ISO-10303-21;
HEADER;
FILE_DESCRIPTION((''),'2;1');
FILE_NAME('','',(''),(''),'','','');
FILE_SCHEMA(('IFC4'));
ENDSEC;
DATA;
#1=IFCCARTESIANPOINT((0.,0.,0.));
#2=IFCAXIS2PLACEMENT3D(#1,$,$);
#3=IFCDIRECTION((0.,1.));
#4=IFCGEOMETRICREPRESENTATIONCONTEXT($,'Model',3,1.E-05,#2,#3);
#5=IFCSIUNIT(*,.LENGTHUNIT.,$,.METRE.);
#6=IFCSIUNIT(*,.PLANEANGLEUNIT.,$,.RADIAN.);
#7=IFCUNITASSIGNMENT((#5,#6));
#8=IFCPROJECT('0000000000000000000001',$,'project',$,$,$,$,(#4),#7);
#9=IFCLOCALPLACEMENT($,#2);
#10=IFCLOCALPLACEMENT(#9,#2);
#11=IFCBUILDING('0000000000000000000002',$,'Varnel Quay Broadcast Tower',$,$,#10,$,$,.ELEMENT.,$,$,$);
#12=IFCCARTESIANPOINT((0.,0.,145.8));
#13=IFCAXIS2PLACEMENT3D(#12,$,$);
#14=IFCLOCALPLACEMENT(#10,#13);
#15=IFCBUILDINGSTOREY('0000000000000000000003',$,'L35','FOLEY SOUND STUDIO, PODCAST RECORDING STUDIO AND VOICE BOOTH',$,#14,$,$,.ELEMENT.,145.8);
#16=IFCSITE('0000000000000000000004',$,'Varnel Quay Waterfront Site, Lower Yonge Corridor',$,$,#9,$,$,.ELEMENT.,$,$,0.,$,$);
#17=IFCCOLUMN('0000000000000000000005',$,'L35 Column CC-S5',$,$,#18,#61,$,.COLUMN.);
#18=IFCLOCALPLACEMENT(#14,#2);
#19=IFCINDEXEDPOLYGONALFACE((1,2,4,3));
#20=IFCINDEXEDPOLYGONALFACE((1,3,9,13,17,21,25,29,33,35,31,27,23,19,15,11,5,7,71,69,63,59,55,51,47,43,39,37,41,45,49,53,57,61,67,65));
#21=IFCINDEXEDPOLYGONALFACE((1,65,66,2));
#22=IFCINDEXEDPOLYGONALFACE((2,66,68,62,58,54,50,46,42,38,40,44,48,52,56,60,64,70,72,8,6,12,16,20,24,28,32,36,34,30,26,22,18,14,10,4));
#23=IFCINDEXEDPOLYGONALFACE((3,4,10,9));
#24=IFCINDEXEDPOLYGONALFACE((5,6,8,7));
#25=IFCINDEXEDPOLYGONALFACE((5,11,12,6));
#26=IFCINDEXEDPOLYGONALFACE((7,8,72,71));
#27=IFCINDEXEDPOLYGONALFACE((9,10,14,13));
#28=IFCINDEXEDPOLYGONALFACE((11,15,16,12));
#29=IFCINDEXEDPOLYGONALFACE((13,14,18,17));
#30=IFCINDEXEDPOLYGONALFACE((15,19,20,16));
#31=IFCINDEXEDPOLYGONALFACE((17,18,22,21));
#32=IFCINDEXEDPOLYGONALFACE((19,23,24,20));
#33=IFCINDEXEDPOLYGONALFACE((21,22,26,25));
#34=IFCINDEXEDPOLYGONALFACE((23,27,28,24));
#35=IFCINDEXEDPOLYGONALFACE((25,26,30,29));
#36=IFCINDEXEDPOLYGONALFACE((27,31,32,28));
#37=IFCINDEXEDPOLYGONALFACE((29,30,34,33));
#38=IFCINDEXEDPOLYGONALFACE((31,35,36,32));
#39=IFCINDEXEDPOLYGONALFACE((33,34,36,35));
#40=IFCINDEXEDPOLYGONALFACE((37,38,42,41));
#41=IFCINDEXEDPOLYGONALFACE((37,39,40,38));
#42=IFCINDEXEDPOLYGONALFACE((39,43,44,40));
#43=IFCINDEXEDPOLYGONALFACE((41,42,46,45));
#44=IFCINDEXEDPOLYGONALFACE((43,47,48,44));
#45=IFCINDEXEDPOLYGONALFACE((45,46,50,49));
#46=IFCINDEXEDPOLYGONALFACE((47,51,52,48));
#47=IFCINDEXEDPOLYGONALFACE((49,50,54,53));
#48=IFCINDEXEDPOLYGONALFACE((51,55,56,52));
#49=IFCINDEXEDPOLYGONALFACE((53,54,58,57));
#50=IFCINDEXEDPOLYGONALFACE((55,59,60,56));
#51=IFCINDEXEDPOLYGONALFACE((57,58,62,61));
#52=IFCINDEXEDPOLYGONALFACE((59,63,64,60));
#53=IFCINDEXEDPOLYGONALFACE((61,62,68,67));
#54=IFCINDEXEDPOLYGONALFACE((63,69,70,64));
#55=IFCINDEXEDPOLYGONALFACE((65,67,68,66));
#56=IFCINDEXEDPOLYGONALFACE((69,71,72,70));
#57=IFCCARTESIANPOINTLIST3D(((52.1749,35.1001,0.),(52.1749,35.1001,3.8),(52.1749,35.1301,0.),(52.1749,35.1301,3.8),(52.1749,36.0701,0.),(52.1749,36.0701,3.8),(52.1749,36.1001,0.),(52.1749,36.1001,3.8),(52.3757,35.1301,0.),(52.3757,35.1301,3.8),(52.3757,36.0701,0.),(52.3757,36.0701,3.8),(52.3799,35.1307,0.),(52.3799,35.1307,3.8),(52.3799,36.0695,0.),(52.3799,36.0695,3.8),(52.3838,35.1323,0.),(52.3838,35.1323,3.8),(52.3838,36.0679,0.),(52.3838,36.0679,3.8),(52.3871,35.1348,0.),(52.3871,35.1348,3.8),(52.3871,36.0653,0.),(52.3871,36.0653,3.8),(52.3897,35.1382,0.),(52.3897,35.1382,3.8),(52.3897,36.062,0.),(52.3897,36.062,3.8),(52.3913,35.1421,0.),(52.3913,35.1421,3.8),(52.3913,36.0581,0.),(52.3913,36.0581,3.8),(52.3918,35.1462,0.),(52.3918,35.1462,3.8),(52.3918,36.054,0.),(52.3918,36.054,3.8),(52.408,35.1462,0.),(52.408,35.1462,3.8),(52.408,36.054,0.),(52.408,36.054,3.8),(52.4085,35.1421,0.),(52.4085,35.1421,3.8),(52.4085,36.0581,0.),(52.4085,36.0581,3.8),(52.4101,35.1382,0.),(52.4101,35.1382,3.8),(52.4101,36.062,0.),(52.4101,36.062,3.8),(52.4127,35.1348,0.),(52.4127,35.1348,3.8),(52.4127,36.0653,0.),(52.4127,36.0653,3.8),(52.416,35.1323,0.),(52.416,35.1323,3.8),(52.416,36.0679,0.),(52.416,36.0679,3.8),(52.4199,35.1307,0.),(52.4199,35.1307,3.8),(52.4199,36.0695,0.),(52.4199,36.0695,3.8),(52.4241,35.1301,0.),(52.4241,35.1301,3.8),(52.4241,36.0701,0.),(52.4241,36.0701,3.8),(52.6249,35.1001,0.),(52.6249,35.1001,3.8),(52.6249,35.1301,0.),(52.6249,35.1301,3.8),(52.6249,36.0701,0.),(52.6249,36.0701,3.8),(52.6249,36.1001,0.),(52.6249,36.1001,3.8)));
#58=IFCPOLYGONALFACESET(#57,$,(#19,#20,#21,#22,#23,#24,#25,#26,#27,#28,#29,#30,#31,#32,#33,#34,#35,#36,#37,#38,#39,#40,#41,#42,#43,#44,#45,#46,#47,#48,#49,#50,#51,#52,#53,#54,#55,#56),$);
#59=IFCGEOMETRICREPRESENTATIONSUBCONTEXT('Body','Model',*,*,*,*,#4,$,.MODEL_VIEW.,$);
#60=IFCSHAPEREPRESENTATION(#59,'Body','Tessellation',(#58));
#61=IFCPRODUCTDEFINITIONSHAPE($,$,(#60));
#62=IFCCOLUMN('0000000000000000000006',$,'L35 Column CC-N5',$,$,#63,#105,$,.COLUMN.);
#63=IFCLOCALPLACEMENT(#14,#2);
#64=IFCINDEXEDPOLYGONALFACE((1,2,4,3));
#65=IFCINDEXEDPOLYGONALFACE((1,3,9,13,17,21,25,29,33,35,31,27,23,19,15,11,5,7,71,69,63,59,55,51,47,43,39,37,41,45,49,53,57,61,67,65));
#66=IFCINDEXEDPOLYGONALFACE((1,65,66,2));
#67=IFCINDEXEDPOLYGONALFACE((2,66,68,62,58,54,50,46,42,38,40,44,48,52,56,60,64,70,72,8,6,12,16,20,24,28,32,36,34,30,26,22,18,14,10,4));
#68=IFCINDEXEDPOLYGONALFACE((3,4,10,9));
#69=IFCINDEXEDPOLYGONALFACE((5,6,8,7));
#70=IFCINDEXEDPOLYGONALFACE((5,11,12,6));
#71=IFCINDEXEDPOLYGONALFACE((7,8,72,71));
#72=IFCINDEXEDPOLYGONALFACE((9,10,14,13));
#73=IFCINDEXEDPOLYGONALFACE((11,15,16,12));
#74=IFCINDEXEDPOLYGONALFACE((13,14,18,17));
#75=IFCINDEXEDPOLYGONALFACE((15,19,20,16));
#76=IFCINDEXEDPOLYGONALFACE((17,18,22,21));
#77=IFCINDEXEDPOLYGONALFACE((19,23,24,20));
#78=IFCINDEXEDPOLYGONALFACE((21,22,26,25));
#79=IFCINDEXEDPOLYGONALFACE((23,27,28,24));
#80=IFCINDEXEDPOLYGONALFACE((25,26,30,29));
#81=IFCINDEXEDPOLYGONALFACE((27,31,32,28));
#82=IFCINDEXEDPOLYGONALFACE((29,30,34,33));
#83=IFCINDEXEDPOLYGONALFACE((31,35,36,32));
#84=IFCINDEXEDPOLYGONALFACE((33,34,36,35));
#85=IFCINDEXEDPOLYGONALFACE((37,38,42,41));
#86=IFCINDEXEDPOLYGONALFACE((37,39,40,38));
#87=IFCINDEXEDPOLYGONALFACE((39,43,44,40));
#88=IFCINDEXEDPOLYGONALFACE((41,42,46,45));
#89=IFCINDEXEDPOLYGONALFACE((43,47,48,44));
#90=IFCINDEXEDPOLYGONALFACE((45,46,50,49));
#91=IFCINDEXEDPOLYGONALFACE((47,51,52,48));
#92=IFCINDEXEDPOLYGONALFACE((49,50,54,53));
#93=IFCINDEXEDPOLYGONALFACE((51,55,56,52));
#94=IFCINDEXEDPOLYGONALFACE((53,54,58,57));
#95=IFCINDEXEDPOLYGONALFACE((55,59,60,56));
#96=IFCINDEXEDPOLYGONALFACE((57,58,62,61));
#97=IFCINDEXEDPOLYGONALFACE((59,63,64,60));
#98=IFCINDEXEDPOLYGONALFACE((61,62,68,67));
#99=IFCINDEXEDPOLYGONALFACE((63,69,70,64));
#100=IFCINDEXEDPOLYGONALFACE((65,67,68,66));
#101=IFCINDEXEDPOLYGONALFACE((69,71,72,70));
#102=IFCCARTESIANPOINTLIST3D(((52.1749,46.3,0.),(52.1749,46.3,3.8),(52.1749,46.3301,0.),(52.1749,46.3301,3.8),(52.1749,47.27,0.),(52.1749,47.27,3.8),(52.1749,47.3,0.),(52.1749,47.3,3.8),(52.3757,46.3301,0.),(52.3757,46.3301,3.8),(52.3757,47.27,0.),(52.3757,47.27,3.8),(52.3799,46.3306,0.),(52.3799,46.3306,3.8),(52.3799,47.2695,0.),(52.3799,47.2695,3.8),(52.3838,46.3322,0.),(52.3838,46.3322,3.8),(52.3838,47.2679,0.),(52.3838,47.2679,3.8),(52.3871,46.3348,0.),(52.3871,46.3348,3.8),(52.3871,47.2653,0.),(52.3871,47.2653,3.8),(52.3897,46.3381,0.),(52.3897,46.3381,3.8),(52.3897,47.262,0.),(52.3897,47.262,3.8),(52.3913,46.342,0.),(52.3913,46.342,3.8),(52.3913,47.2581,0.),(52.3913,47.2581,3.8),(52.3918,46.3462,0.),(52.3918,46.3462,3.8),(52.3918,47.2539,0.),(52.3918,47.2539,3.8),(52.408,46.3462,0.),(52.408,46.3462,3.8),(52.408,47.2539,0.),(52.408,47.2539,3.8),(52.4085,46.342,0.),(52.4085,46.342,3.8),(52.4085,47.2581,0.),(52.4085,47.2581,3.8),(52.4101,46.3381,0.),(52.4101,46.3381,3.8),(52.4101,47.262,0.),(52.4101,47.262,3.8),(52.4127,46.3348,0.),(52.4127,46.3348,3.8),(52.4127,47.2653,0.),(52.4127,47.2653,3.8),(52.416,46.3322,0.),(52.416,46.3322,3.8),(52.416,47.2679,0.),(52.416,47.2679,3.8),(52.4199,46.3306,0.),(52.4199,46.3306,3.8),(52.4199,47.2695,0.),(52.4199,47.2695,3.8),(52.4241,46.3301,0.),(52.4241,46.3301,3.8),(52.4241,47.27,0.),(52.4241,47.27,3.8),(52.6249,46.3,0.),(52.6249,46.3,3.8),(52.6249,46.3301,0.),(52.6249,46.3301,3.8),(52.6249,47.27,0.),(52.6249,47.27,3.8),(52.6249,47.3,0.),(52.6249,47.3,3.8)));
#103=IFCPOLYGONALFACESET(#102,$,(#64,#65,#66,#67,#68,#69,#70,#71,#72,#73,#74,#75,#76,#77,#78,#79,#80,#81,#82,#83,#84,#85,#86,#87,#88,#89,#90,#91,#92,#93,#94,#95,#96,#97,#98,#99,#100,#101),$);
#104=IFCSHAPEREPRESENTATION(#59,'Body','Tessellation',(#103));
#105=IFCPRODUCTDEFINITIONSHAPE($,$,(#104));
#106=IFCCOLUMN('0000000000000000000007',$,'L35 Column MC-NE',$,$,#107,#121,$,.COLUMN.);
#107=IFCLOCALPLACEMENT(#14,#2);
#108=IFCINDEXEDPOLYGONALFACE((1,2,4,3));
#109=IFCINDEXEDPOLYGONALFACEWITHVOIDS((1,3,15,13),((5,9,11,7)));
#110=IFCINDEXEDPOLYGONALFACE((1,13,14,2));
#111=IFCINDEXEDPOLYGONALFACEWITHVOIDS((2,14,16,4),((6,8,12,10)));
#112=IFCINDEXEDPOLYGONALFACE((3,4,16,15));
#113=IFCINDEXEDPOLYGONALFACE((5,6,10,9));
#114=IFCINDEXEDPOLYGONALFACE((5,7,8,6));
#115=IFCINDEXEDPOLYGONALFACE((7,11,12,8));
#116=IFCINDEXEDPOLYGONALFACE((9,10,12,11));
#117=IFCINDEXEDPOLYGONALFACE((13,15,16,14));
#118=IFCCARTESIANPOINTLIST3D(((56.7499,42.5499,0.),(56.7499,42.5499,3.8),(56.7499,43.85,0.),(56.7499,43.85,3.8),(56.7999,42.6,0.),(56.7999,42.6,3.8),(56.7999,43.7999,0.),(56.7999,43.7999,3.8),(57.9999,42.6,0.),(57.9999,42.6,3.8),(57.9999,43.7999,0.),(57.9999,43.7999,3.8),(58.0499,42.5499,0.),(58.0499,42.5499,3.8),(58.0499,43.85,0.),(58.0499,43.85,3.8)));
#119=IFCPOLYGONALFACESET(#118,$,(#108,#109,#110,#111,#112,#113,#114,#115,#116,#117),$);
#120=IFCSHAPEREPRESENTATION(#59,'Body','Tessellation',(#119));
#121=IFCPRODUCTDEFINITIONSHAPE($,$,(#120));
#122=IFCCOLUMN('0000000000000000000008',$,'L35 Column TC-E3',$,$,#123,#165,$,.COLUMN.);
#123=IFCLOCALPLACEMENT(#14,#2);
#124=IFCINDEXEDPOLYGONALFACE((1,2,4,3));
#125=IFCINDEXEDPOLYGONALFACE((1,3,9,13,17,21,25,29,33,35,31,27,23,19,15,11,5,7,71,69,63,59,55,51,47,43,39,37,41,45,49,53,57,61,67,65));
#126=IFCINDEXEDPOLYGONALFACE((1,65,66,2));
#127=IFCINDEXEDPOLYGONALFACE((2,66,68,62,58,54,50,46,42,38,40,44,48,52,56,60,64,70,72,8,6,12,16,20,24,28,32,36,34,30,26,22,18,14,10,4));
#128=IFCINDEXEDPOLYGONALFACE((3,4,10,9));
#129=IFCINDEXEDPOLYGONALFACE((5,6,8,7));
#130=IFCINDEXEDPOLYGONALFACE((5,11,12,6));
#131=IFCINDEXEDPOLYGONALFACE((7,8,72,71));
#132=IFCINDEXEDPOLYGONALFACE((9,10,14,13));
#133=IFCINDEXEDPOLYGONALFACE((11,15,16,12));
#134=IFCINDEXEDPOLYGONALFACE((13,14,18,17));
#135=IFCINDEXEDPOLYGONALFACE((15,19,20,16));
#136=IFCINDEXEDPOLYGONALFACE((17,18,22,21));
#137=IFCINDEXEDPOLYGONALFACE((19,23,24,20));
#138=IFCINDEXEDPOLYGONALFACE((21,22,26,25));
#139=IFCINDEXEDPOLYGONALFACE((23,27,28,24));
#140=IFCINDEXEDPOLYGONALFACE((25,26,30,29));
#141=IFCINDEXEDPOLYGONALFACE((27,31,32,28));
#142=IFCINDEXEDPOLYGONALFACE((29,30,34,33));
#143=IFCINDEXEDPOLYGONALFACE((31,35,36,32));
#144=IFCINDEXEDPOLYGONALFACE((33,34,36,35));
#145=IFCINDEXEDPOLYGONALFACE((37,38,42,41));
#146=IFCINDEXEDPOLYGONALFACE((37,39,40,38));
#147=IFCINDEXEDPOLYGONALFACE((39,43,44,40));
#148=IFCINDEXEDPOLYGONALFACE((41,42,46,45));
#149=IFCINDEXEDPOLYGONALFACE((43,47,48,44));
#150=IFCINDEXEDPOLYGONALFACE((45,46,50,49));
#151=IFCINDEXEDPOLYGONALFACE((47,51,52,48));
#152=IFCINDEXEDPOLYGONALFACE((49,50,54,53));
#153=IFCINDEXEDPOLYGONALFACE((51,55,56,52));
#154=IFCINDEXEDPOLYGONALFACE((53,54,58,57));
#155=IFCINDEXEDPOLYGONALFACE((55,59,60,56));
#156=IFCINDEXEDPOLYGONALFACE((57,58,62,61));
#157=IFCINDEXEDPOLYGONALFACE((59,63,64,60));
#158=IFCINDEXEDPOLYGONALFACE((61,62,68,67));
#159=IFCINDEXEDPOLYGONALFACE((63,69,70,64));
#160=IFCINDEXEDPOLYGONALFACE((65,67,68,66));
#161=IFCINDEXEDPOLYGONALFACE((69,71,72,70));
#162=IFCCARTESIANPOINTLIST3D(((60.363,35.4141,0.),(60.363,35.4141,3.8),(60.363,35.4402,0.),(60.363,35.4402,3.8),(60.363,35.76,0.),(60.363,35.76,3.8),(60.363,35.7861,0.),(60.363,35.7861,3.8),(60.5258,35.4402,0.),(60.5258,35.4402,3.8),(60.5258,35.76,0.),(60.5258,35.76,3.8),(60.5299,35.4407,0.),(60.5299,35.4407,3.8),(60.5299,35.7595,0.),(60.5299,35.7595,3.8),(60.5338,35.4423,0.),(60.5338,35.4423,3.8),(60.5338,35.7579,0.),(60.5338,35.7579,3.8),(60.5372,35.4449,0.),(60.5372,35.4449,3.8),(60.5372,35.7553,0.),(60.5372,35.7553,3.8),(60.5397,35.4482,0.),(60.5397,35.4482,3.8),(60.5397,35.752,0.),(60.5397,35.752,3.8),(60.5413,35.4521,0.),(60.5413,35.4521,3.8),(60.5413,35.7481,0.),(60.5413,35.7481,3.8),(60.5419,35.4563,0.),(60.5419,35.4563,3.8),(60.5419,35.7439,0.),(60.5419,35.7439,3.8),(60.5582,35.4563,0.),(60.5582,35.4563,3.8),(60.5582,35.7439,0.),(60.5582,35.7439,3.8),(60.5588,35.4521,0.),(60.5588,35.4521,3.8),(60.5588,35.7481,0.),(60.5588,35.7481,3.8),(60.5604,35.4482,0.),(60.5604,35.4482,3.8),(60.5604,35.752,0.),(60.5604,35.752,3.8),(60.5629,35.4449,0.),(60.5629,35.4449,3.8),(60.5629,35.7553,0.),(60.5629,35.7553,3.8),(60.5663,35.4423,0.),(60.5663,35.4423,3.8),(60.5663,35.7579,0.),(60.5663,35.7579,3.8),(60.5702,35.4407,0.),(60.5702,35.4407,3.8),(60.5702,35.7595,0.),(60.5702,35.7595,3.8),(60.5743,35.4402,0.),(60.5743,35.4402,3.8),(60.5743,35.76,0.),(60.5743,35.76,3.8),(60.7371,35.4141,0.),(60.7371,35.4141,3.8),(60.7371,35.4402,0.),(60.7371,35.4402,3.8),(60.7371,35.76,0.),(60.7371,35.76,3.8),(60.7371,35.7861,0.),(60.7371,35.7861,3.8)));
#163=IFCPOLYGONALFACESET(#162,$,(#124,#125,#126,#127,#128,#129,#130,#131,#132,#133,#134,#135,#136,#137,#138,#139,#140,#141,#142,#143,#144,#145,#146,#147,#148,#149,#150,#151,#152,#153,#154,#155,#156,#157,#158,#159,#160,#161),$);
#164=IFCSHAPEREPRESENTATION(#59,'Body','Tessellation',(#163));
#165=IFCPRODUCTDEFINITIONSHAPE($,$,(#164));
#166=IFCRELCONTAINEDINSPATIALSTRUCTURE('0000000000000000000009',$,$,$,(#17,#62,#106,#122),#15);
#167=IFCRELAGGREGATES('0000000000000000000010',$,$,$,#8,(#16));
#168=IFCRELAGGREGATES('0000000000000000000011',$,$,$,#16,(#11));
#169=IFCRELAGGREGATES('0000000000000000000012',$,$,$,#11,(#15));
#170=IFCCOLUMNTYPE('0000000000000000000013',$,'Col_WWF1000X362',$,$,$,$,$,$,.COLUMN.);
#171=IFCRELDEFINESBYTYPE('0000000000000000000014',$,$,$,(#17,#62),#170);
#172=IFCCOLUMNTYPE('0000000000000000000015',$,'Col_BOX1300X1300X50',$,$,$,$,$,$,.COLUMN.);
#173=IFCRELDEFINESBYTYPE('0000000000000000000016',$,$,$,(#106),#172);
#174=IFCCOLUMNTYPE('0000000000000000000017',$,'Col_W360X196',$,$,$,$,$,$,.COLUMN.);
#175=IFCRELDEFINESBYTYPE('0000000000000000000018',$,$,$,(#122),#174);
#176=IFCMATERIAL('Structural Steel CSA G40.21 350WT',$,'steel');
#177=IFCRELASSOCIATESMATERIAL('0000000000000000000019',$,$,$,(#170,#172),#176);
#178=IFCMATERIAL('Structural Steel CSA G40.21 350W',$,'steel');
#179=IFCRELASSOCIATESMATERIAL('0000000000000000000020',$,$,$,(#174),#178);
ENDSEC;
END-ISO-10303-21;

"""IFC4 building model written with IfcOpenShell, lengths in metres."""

from ifc_helpers import new_model, si_unit, direction, frame, origin, origin_2d, place, context, subcontext, project, spatial, hollow_rectangle, i_section, extrude, source, transform, mapped, material, material_profile, profile_set, type_object, type_shapes, element, save


model = new_model("IFC4")

# Units and contexts
model_context = context("Model", 3, precision=1e-05, world=origin(), true_north=direction((0.0, 1.0)))
body_context = subcontext(model_context, "Body", "Model", "MODEL_VIEW")
ifc_project = project(units=[si_unit("LENGTHUNIT", "METRE"), si_unit("PLANEANGLEUNIT", "RADIAN")], contexts=[model_context])

# Site, building, storey
site_placement = place(None, origin())
site = spatial("IfcSite", under=ifc_project, at=site_placement, Name="Varnel Quay Waterfront Site, Lower Yonge Corridor", CompositionType="ELEMENT", RefElevation=0.0)
building_placement = place(site_placement, origin())
building = spatial("IfcBuilding", under=site, at=building_placement, Name="Varnel Quay Broadcast Tower", CompositionType="ELEMENT")
storey_placement = place(building_placement, frame((0.0, 0.0, 145.8)))
storey = spatial("IfcBuildingStorey", under=building, at=storey_placement, Name="L35", Description="FOLEY SOUND STUDIO, PODCAST RECORDING STUDIO AND VOICE BOOTH", CompositionType="ELEMENT", Elevation=145.8)

# Columns
ifc_material_1 = material(Name="Structural Steel CSA G40.21 350WT", Category="steel")
ifc_material_profile_1 = material_profile(ifc_material_1, i_section(OverallWidth=0.45, OverallDepth=1.0, WebThickness=0.0161, FlangeThickness=0.03, FilletRadius=0.0161, at=origin_2d()), Name="WWF1000X362")
ifc_profile_set_1 = profile_set([ifc_material_profile_1], Name="Structural Steel CSA G40.21 350WT")
column_type_1 = type_object("IfcColumnType", Name="Col_WWF1000X362", PredefinedType="COLUMN", material=ifc_profile_set_1)
shared_shape_1 = source(origin(), body_context, "Body", "SweptSolid", [
    extrude(i_section(OverallWidth=0.45, OverallDepth=1.0, WebThickness=0.0161, FlangeThickness=0.03, FilletRadius=0.0161, at=origin_2d()), origin(), (0.0, 0.0, 1.0), 3.8),
])
type_shapes(column_type_1, [shared_shape_1])
for number, where, z_axis, x_axis, name in (
    (1, (52.3999, 35.6001, 0.0), (0.0, 0.0, 1.0), (1.0, 0.0, 0.0), "L35 Column CC-S5"),
    (2, (52.3999, 46.8, 0.0), (0.0, 0.0, 1.0), (1.0, 0.0, 0.0), "L35 Column CC-N5"),
):
    element("IfcColumn", number, at=place(storey_placement, frame(where, z_axis=z_axis, x_axis=x_axis)), inside=storey, type_object=column_type_1, Name=name, PredefinedType="COLUMN", context=body_context, shape_type="MappedRepresentation", body=[
        mapped(shared_shape_1, transform((0.0, 0.0, 0.0), x_axis=(1.0, 0.0, 0.0), y_axis=(0.0, 1.0, 0.0), z_axis=(0.0, 0.0, 1.0), scale=1.0)),
    ])
ifc_material_profile_2 = material_profile(ifc_material_1, hollow_rectangle(XDim=1.3, YDim=1.3, WallThickness=0.05, at=origin_2d()), Name="BOX1300X1300X50")
ifc_profile_set_2 = profile_set([ifc_material_profile_2], Name="Structural Steel CSA G40.21 350WT")
column_type_2 = type_object("IfcColumnType", Name="Col_BOX1300X1300X50", PredefinedType="COLUMN", material=ifc_profile_set_2)
shared_shape_2 = source(origin(), body_context, "Body", "SweptSolid", [
    extrude(hollow_rectangle(XDim=1.3, YDim=1.3, WallThickness=0.05, at=origin_2d()), origin(), (0.0, 0.0, 1.0), 3.8),
])
type_shapes(column_type_2, [shared_shape_2])
column_1_placement = place(storey_placement, frame((57.3999, 43.2, 0.0), z_axis=(0.0, 0.0, 1.0), x_axis=(1.0, 0.0, 0.0)))
element("IfcColumn", 3, at=column_1_placement, inside=storey, type_object=column_type_2, Name="L35 Column MC-NE", PredefinedType="COLUMN", context=body_context, shape_type="MappedRepresentation", body=[
    mapped(shared_shape_2, transform((0.0, 0.0, 0.0), x_axis=(1.0, 0.0, 0.0), y_axis=(0.0, 1.0, 0.0), z_axis=(0.0, 0.0, 1.0), scale=1.0)),
])
ifc_material_2 = material(Name="Structural Steel CSA G40.21 350W", Category="steel")
ifc_material_profile_3 = material_profile(ifc_material_2, i_section(OverallWidth=0.374, OverallDepth=0.3721, WebThickness=0.0164, FlangeThickness=0.0261, FilletRadius=0.0161, at=origin_2d()), Name="W360X196")
ifc_profile_set_3 = profile_set([ifc_material_profile_3], Name="Structural Steel CSA G40.21 350W")
column_type_3 = type_object("IfcColumnType", Name="Col_W360X196", PredefinedType="COLUMN", material=ifc_profile_set_3)
shared_shape_3 = source(origin(), body_context, "Body", "SweptSolid", [
    extrude(i_section(OverallWidth=0.374, OverallDepth=0.3721, WebThickness=0.0164, FlangeThickness=0.0261, FilletRadius=0.0161, at=origin_2d()), origin(), (0.0, 0.0, 1.0), 3.8),
])
type_shapes(column_type_3, [shared_shape_3])
column_2_placement = place(storey_placement, frame((60.55, 35.6001, 0.0), z_axis=(0.0, 0.0, 1.0), x_axis=(1.0, 0.0, 0.0)))
element("IfcColumn", 4, at=column_2_placement, inside=storey, type_object=column_type_3, Name="L35 Column TC-E3", PredefinedType="COLUMN", context=body_context, shape_type="MappedRepresentation", body=[
    mapped(shared_shape_3, transform((0.0, 0.0, 0.0), x_axis=(1.0, 0.0, 0.0), y_axis=(0.0, 1.0, 0.0), z_axis=(0.0, 0.0, 1.0), scale=1.0)),
])

save(model, "model.ifc")
